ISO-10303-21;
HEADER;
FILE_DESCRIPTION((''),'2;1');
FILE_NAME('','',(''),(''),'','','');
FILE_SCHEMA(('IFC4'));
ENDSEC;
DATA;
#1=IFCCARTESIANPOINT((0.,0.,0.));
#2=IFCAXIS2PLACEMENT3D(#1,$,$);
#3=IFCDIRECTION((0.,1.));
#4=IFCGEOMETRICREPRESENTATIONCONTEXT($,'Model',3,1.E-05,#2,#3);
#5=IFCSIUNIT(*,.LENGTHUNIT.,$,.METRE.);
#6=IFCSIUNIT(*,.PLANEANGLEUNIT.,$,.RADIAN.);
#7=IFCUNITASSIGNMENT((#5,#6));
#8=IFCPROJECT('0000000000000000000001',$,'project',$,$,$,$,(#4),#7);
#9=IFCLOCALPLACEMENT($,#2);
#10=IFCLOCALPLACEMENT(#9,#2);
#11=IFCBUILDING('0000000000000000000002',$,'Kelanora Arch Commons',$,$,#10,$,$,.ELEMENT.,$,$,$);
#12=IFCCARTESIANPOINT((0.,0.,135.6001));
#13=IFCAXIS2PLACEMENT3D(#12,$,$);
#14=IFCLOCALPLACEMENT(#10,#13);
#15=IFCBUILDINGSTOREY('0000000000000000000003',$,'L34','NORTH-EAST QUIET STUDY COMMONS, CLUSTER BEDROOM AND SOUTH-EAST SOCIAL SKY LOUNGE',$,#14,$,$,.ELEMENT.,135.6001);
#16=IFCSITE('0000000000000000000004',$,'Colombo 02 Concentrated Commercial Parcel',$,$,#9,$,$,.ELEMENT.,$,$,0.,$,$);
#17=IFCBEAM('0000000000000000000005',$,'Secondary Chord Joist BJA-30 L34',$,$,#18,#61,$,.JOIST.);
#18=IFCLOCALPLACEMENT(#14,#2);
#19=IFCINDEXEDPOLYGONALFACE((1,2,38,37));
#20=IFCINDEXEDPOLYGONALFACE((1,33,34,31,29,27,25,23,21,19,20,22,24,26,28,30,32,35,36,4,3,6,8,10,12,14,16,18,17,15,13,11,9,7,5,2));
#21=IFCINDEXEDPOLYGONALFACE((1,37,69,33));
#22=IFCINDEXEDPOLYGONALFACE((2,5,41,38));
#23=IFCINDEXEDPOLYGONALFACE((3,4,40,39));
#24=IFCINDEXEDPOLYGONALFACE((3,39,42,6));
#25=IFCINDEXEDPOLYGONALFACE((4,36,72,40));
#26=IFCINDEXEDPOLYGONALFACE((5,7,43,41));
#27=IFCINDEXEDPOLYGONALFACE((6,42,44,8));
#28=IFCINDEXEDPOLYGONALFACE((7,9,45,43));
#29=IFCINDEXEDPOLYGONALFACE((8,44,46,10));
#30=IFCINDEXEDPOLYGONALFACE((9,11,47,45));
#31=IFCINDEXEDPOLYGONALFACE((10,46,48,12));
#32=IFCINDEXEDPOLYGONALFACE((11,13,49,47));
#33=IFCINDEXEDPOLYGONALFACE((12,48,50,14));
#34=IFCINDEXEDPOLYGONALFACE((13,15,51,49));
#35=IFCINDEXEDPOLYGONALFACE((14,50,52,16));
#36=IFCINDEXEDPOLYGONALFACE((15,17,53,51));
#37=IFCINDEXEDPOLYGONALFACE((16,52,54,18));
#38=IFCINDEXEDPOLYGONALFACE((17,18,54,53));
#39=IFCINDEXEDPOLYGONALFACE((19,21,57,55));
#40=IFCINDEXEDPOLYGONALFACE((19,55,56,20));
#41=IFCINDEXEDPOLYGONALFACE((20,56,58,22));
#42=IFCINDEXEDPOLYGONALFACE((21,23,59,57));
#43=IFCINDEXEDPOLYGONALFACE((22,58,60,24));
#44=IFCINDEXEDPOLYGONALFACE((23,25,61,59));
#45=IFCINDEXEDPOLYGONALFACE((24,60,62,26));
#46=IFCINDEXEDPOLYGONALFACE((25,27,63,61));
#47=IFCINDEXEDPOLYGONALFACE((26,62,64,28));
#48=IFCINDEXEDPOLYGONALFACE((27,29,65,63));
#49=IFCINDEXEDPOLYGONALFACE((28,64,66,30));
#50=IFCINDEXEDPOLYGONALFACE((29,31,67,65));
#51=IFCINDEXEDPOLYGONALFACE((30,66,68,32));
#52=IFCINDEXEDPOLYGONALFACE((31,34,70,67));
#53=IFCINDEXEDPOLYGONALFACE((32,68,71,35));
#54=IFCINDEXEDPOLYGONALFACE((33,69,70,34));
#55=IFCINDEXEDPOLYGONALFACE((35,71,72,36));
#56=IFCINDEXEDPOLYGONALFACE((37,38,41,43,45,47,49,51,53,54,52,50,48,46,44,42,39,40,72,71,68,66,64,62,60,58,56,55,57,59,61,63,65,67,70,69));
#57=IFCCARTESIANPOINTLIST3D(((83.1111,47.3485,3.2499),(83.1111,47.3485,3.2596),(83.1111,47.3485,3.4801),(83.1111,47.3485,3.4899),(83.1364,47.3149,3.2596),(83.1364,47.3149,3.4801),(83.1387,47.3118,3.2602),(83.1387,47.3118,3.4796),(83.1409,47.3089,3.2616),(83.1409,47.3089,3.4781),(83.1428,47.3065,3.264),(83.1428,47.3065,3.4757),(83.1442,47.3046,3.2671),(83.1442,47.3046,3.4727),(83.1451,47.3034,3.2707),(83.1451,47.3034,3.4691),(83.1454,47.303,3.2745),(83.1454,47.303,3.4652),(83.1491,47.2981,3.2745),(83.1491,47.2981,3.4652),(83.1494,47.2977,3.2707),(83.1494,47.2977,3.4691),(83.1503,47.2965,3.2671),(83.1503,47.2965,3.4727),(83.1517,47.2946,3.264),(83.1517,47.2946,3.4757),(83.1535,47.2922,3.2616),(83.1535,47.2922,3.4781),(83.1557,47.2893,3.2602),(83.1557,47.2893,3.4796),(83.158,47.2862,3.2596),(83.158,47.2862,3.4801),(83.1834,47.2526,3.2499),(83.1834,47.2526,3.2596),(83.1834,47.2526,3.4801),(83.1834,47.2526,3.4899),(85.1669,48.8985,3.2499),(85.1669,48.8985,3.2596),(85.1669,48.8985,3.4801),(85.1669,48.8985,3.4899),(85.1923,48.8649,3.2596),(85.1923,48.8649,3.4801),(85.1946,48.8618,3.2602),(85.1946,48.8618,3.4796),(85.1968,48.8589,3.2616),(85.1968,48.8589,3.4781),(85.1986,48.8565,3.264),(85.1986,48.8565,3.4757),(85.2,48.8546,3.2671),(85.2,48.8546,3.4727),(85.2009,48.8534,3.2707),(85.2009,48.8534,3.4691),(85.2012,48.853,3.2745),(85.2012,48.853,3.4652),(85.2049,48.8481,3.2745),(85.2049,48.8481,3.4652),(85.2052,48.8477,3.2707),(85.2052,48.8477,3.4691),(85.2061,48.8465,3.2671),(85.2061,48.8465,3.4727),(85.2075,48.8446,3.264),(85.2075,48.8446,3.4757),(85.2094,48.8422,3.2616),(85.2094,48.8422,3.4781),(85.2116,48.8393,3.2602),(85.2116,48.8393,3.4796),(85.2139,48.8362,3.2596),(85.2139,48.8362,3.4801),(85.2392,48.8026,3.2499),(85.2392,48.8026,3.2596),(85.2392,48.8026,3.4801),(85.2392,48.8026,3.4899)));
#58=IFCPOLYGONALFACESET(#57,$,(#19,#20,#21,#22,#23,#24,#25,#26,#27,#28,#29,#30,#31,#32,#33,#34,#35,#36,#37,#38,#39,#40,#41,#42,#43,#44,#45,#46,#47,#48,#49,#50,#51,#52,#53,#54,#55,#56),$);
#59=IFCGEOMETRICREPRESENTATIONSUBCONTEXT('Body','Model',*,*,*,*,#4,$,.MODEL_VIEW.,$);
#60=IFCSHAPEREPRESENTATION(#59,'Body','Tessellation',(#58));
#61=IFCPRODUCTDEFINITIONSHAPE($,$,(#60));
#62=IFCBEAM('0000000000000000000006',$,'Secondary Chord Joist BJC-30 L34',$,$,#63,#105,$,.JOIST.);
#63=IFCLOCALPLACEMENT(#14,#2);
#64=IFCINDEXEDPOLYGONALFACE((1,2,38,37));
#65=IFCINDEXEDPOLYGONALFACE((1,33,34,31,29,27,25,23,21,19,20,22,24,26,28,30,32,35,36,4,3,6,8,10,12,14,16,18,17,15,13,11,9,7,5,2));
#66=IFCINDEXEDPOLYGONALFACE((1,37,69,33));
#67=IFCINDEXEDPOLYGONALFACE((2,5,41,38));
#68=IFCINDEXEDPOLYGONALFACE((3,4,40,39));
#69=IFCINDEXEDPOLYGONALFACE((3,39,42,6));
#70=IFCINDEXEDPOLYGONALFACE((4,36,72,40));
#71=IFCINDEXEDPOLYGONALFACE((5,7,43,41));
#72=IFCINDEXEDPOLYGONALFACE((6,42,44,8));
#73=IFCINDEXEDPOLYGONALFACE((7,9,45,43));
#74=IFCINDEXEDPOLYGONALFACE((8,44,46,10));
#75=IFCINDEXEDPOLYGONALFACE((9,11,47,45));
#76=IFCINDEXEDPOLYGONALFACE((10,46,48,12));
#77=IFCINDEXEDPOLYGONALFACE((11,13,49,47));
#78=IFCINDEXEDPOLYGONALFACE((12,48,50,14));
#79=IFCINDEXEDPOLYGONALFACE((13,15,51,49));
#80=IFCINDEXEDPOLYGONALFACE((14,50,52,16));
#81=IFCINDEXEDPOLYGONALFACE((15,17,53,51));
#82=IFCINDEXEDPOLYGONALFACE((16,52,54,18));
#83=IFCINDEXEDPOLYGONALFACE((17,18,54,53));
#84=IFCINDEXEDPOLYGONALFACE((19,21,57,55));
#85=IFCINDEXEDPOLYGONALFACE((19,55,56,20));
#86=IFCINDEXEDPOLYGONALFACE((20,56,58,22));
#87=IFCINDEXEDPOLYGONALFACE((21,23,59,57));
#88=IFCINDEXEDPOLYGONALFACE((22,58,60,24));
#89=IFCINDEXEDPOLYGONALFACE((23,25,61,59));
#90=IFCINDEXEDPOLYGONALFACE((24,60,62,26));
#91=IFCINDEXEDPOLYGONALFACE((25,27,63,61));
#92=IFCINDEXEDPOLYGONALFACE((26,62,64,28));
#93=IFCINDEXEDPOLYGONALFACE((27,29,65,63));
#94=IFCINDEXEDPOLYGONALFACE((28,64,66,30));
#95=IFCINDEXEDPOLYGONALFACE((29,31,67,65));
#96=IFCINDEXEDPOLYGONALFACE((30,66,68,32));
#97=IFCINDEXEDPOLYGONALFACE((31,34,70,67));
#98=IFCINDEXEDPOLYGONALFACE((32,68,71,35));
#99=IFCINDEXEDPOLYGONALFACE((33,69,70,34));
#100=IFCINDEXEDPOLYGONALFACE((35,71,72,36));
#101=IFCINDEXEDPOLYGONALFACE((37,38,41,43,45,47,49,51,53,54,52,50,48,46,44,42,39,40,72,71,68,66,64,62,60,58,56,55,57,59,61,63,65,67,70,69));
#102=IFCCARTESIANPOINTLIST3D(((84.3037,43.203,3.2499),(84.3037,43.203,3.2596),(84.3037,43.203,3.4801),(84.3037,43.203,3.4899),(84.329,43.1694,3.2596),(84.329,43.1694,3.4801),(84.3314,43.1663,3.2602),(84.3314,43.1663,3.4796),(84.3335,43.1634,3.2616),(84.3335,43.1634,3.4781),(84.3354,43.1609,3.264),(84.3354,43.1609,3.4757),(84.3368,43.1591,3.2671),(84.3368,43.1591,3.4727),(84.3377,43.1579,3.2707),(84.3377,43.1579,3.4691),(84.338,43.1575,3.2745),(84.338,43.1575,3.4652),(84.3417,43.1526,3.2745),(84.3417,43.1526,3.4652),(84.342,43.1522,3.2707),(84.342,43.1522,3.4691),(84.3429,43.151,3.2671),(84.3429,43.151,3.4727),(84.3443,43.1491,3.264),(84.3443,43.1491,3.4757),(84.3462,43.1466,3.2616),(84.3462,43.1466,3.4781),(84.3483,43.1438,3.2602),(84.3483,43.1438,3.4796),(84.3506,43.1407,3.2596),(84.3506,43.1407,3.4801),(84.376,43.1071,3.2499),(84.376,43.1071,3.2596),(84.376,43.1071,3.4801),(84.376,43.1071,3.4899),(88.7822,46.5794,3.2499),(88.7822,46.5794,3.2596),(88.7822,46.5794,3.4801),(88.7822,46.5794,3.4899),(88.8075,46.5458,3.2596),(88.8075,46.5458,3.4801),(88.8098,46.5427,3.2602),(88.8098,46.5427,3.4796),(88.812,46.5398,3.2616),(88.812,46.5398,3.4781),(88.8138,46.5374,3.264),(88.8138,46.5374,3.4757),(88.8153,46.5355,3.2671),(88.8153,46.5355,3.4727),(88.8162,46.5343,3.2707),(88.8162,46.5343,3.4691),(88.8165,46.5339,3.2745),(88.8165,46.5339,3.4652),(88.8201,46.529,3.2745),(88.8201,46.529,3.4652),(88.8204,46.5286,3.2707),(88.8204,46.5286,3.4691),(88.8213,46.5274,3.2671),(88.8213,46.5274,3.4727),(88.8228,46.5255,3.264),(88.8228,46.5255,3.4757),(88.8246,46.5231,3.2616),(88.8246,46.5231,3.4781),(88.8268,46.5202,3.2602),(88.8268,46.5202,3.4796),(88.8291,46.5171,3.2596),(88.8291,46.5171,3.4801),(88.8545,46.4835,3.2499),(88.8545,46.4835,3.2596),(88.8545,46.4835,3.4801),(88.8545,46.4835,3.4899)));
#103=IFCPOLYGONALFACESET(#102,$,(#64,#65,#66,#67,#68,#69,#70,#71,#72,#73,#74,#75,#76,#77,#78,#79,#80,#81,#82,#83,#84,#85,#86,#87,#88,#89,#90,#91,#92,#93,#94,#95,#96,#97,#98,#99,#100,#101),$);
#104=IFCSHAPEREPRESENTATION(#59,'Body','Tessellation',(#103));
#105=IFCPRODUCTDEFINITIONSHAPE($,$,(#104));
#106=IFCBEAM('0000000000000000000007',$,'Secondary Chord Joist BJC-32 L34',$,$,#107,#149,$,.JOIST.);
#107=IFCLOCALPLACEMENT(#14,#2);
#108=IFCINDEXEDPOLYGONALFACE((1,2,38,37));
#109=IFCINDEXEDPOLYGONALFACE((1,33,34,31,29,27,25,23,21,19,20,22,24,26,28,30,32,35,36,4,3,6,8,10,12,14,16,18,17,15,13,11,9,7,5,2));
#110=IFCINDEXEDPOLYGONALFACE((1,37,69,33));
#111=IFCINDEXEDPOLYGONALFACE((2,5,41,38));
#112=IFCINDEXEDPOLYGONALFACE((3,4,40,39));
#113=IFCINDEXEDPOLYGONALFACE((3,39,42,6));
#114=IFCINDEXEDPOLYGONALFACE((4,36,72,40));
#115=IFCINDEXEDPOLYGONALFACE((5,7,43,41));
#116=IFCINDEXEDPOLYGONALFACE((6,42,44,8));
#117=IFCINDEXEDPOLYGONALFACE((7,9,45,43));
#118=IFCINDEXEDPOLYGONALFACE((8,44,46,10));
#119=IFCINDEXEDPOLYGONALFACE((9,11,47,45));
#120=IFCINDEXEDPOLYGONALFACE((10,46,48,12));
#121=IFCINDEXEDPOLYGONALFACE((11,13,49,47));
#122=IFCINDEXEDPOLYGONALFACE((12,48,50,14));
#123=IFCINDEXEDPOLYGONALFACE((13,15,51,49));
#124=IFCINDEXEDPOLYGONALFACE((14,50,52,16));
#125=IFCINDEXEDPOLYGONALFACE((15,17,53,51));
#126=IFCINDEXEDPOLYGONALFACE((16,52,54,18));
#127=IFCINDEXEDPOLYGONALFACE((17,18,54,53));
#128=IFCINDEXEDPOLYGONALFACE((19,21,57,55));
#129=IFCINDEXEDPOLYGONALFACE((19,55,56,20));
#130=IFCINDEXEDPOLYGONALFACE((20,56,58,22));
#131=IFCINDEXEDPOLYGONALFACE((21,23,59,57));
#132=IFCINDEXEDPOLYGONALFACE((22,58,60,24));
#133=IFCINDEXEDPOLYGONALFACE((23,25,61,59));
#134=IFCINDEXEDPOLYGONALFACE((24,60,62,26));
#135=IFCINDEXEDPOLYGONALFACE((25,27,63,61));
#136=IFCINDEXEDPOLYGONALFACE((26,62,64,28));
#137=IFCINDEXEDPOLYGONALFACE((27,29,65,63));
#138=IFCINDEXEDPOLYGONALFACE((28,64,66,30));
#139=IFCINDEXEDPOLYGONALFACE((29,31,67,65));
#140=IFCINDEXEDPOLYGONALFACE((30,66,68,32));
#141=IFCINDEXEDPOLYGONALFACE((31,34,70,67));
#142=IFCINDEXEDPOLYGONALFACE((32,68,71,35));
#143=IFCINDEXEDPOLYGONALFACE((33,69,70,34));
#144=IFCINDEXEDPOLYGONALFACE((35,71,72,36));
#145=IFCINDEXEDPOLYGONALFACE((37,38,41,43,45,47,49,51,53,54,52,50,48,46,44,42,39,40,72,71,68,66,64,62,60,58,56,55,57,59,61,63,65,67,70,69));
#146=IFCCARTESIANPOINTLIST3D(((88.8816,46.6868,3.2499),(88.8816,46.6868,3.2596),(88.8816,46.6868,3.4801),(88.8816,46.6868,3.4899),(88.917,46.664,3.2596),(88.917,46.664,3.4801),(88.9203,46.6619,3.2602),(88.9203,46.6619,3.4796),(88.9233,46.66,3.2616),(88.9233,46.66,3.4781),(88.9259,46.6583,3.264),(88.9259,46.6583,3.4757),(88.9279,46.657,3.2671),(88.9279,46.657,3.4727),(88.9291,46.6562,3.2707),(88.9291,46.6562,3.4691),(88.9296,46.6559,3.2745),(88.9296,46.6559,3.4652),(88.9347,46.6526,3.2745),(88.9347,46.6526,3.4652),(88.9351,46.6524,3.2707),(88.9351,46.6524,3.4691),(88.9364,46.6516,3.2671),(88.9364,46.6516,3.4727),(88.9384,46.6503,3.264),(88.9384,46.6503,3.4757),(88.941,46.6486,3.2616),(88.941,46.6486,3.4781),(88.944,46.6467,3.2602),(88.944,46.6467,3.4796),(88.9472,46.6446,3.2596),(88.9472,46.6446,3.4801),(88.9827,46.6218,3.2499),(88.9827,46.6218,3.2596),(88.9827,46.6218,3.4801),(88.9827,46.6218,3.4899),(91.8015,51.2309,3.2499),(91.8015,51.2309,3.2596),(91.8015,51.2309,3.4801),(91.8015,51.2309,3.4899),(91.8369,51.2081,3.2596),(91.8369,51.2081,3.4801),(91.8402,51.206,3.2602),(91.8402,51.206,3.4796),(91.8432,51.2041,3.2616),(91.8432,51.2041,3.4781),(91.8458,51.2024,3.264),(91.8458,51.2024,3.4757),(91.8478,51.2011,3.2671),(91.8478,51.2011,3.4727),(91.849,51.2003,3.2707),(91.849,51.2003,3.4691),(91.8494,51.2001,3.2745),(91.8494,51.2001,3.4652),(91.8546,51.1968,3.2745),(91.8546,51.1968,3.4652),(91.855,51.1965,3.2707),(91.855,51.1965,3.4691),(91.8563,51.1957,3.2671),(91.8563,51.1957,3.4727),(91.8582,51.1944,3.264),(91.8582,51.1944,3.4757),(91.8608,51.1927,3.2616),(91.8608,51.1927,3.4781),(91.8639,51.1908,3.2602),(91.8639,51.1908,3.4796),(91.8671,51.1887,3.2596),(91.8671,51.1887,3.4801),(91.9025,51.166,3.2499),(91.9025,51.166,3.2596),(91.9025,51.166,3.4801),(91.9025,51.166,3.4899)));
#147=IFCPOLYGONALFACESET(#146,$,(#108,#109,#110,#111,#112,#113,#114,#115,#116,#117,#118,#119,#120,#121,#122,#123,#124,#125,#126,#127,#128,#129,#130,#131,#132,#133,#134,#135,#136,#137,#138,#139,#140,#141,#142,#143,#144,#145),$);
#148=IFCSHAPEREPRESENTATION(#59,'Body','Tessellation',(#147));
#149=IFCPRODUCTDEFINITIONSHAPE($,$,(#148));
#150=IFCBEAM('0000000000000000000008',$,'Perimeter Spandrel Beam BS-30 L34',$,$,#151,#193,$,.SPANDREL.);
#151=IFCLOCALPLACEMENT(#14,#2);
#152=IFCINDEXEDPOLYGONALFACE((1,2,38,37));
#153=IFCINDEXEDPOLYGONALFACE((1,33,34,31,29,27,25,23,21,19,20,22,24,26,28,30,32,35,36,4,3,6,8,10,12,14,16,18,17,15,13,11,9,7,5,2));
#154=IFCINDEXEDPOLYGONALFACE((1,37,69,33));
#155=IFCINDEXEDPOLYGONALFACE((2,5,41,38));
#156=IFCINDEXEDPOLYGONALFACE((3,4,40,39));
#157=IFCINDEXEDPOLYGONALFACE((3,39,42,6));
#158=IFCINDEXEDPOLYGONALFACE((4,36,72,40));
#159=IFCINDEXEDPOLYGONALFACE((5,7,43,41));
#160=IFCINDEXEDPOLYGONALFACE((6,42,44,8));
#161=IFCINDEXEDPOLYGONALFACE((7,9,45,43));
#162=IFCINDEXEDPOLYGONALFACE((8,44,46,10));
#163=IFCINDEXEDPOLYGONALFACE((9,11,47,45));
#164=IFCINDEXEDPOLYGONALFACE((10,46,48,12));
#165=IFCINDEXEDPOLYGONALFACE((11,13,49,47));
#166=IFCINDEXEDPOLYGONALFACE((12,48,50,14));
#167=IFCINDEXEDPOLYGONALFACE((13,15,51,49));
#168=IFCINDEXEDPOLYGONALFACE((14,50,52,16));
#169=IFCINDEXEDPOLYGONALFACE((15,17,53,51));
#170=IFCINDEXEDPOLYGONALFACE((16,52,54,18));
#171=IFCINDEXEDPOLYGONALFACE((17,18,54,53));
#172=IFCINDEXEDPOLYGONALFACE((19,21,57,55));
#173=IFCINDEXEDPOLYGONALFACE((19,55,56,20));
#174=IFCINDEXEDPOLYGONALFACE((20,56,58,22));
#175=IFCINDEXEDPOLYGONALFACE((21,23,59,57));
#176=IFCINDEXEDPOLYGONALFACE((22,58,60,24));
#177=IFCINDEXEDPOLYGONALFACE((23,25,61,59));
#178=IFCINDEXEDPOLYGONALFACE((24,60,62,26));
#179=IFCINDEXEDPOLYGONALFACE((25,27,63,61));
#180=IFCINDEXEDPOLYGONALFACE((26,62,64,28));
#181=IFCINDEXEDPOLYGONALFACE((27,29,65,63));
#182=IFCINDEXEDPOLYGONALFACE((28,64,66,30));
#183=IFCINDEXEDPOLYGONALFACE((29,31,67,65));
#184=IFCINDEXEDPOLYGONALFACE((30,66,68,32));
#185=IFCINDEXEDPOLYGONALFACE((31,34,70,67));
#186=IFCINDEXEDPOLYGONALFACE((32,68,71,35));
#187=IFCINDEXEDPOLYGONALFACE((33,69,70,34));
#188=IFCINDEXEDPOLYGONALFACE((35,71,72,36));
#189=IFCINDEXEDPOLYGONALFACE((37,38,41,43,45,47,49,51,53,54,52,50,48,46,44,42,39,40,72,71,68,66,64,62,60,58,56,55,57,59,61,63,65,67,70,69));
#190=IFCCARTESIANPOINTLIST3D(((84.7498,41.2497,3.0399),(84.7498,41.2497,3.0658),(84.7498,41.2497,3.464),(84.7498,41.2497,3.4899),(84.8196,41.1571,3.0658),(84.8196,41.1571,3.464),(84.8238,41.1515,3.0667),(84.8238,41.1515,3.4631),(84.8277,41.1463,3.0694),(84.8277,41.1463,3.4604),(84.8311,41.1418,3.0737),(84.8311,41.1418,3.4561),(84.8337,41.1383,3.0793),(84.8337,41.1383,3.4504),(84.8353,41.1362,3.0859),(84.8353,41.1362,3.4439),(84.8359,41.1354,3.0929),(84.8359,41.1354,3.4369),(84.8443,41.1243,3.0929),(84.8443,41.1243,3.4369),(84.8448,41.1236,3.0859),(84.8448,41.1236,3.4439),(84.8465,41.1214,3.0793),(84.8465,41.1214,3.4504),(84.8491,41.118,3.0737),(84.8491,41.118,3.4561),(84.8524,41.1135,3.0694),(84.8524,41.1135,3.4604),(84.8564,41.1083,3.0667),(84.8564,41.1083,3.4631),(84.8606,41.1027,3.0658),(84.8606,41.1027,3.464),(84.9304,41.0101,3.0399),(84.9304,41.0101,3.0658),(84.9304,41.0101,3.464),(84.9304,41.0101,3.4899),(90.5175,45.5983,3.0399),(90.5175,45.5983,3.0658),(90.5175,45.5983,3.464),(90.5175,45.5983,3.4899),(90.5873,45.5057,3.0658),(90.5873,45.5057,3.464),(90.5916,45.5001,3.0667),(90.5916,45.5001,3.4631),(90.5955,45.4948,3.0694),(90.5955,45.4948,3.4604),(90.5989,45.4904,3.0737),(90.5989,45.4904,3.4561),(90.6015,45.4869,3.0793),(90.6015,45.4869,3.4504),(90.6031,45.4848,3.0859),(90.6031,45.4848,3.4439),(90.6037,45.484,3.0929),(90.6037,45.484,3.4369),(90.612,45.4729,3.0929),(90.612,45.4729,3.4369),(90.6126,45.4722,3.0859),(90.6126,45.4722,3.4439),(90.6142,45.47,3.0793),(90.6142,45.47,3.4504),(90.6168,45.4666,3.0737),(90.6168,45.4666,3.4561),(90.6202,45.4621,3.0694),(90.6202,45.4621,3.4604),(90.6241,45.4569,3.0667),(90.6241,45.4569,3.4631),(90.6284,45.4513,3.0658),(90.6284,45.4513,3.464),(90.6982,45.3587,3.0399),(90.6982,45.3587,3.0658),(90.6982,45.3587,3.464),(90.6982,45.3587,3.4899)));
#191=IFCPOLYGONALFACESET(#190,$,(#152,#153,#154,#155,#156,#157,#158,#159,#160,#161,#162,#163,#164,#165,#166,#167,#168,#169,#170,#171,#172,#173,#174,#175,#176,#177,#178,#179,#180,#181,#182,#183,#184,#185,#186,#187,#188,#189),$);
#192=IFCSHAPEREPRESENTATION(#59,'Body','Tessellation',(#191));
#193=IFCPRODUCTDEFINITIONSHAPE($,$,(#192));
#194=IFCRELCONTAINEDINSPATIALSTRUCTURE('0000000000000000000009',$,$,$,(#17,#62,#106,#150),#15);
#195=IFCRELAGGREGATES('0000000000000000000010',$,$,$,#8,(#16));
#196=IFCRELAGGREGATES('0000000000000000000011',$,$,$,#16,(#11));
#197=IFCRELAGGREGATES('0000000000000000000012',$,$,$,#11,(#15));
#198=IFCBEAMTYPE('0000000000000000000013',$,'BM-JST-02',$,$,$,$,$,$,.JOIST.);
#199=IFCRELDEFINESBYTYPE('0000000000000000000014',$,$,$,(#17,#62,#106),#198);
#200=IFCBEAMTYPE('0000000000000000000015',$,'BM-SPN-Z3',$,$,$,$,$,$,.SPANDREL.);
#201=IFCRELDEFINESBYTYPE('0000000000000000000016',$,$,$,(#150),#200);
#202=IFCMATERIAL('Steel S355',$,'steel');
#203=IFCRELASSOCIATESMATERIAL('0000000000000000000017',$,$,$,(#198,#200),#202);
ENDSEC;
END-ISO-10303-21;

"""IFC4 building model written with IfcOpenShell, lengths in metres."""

from ifc_helpers import new_model, si_unit, direction, frame, origin, origin_2d, place, context, subcontext, project, spatial, i_section, extrude, material, material_profile, profile_set, type_object, element, save


model = new_model("IFC4")

# Units and contexts
model_context = context("Model", 3, precision=1e-05, world=origin(), true_north=direction((0.0, 1.0)))
body_context = subcontext(model_context, "Body", "Model", "MODEL_VIEW")
ifc_project = project(units=[si_unit("LENGTHUNIT", "METRE"), si_unit("PLANEANGLEUNIT", "RADIAN")], contexts=[model_context])

# Site, building, storey
site_placement = place(None, origin())
site = spatial("IfcSite", under=ifc_project, at=site_placement, Name="Colombo 02 Concentrated Commercial Parcel", CompositionType="ELEMENT", RefElevation=0.0)
building_placement = place(site_placement, origin())
building = spatial("IfcBuilding", under=site, at=building_placement, Name="Kelanora Arch Commons", CompositionType="ELEMENT")
storey_placement = place(building_placement, frame((0.0, 0.0, 135.6001)))
storey = spatial("IfcBuildingStorey", under=building, at=storey_placement, Name="L34", Description="NORTH-EAST QUIET STUDY COMMONS, CLUSTER BEDROOM AND SOUTH-EAST SOCIAL SKY LOUNGE", CompositionType="ELEMENT", Elevation=135.6001)

# Beams
ifc_material_1 = material(Name="Steel S355", Category="steel")
ifc_material_profile_1 = material_profile(ifc_material_1, i_section(OverallWidth=0.1201, OverallDepth=0.24, WebThickness=0.0061, FlangeThickness=0.0098, FilletRadius=0.0149, at=origin_2d()), Name="IPE240")
ifc_profile_set_1 = profile_set([ifc_material_profile_1], Name="Steel S355")
beam_type_1 = type_object("IfcBeamType", Name="BM-JST-02", PredefinedType="JOIST", material=ifc_profile_set_1)
beam_1_placement = place(storey_placement, frame((83.1472, 47.3005, 3.3699), z_axis=(0.798484, 0.602016, 0.0), x_axis=(-0.602016, 0.798484, 0.0)))
element("IfcBeam", 1, at=beam_1_placement, inside=storey, type_object=beam_type_1, Name="Secondary Chord Joist BJA-30 L34", PredefinedType="JOIST", context=body_context, shape_type="SweptSolid", body=[
    extrude(i_section(OverallWidth=0.1201, OverallDepth=0.24, WebThickness=0.0061, FlangeThickness=0.0098, FilletRadius=0.0149, at=origin_2d()), origin(), (0.0, 0.0, 1.0), 2.5747),
])
beam_2_placement = place(storey_placement, frame((84.3398, 43.155, 3.3699), z_axis=(0.798493, 0.602004, 0.0), x_axis=(-0.602004, 0.798493, 0.0)))
element("IfcBeam", 2, at=beam_2_placement, inside=storey, type_object=beam_type_1, Name="Secondary Chord Joist BJC-30 L34", PredefinedType="JOIST", context=body_context, shape_type="SweptSolid", body=[
    extrude(i_section(OverallWidth=0.1201, OverallDepth=0.24, WebThickness=0.0061, FlangeThickness=0.0098, FilletRadius=0.0149, at=origin_2d()), origin(), (0.0, 0.0, 1.0), 5.6086),
])
beam_3_placement = place(storey_placement, frame((88.9321, 46.6543, 3.3699), z_axis=(0.540582, 0.841292, 0.0), x_axis=(-0.841292, 0.540582, 0.0)))
element("IfcBeam", 3, at=beam_3_placement, inside=storey, type_object=beam_type_1, Name="Secondary Chord Joist BJC-32 L34", PredefinedType="JOIST", context=body_context, shape_type="SweptSolid", body=[
    extrude(i_section(OverallWidth=0.1201, OverallDepth=0.24, WebThickness=0.0061, FlangeThickness=0.0098, FilletRadius=0.0149, at=origin_2d()), origin(), (0.0, 0.0, 1.0), 5.4014),
])
ifc_material_profile_2 = material_profile(ifc_material_1, i_section(OverallWidth=0.3, OverallDepth=0.45, WebThickness=0.0139, FlangeThickness=0.0259, FilletRadius=0.0271, at=origin_2d()), Name="HEB450")
ifc_profile_set_2 = profile_set([ifc_material_profile_2], Name="Steel S355")
beam_type_2 = type_object("IfcBeamType", Name="BM-SPN-Z3", PredefinedType="SPANDREL", material=ifc_profile_set_2)
beam_4_placement = place(storey_placement, frame((84.8401, 41.1299, 3.2649), z_axis=(0.798485, 0.602015, 0.0), x_axis=(-0.602015, 0.798485, 0.0)))
element("IfcBeam", 4, at=beam_4_placement, inside=storey, type_object=beam_type_2, Name="Perimeter Spandrel Beam BS-30 L34", PredefinedType="SPANDREL", context=body_context, shape_type="SweptSolid", body=[
    extrude(i_section(OverallWidth=0.3, OverallDepth=0.45, WebThickness=0.0139, FlangeThickness=0.0259, FilletRadius=0.0271, at=origin_2d()), origin(), (0.0, 0.0, 1.0), 7.2234),
])

save(model, "model.ifc")
